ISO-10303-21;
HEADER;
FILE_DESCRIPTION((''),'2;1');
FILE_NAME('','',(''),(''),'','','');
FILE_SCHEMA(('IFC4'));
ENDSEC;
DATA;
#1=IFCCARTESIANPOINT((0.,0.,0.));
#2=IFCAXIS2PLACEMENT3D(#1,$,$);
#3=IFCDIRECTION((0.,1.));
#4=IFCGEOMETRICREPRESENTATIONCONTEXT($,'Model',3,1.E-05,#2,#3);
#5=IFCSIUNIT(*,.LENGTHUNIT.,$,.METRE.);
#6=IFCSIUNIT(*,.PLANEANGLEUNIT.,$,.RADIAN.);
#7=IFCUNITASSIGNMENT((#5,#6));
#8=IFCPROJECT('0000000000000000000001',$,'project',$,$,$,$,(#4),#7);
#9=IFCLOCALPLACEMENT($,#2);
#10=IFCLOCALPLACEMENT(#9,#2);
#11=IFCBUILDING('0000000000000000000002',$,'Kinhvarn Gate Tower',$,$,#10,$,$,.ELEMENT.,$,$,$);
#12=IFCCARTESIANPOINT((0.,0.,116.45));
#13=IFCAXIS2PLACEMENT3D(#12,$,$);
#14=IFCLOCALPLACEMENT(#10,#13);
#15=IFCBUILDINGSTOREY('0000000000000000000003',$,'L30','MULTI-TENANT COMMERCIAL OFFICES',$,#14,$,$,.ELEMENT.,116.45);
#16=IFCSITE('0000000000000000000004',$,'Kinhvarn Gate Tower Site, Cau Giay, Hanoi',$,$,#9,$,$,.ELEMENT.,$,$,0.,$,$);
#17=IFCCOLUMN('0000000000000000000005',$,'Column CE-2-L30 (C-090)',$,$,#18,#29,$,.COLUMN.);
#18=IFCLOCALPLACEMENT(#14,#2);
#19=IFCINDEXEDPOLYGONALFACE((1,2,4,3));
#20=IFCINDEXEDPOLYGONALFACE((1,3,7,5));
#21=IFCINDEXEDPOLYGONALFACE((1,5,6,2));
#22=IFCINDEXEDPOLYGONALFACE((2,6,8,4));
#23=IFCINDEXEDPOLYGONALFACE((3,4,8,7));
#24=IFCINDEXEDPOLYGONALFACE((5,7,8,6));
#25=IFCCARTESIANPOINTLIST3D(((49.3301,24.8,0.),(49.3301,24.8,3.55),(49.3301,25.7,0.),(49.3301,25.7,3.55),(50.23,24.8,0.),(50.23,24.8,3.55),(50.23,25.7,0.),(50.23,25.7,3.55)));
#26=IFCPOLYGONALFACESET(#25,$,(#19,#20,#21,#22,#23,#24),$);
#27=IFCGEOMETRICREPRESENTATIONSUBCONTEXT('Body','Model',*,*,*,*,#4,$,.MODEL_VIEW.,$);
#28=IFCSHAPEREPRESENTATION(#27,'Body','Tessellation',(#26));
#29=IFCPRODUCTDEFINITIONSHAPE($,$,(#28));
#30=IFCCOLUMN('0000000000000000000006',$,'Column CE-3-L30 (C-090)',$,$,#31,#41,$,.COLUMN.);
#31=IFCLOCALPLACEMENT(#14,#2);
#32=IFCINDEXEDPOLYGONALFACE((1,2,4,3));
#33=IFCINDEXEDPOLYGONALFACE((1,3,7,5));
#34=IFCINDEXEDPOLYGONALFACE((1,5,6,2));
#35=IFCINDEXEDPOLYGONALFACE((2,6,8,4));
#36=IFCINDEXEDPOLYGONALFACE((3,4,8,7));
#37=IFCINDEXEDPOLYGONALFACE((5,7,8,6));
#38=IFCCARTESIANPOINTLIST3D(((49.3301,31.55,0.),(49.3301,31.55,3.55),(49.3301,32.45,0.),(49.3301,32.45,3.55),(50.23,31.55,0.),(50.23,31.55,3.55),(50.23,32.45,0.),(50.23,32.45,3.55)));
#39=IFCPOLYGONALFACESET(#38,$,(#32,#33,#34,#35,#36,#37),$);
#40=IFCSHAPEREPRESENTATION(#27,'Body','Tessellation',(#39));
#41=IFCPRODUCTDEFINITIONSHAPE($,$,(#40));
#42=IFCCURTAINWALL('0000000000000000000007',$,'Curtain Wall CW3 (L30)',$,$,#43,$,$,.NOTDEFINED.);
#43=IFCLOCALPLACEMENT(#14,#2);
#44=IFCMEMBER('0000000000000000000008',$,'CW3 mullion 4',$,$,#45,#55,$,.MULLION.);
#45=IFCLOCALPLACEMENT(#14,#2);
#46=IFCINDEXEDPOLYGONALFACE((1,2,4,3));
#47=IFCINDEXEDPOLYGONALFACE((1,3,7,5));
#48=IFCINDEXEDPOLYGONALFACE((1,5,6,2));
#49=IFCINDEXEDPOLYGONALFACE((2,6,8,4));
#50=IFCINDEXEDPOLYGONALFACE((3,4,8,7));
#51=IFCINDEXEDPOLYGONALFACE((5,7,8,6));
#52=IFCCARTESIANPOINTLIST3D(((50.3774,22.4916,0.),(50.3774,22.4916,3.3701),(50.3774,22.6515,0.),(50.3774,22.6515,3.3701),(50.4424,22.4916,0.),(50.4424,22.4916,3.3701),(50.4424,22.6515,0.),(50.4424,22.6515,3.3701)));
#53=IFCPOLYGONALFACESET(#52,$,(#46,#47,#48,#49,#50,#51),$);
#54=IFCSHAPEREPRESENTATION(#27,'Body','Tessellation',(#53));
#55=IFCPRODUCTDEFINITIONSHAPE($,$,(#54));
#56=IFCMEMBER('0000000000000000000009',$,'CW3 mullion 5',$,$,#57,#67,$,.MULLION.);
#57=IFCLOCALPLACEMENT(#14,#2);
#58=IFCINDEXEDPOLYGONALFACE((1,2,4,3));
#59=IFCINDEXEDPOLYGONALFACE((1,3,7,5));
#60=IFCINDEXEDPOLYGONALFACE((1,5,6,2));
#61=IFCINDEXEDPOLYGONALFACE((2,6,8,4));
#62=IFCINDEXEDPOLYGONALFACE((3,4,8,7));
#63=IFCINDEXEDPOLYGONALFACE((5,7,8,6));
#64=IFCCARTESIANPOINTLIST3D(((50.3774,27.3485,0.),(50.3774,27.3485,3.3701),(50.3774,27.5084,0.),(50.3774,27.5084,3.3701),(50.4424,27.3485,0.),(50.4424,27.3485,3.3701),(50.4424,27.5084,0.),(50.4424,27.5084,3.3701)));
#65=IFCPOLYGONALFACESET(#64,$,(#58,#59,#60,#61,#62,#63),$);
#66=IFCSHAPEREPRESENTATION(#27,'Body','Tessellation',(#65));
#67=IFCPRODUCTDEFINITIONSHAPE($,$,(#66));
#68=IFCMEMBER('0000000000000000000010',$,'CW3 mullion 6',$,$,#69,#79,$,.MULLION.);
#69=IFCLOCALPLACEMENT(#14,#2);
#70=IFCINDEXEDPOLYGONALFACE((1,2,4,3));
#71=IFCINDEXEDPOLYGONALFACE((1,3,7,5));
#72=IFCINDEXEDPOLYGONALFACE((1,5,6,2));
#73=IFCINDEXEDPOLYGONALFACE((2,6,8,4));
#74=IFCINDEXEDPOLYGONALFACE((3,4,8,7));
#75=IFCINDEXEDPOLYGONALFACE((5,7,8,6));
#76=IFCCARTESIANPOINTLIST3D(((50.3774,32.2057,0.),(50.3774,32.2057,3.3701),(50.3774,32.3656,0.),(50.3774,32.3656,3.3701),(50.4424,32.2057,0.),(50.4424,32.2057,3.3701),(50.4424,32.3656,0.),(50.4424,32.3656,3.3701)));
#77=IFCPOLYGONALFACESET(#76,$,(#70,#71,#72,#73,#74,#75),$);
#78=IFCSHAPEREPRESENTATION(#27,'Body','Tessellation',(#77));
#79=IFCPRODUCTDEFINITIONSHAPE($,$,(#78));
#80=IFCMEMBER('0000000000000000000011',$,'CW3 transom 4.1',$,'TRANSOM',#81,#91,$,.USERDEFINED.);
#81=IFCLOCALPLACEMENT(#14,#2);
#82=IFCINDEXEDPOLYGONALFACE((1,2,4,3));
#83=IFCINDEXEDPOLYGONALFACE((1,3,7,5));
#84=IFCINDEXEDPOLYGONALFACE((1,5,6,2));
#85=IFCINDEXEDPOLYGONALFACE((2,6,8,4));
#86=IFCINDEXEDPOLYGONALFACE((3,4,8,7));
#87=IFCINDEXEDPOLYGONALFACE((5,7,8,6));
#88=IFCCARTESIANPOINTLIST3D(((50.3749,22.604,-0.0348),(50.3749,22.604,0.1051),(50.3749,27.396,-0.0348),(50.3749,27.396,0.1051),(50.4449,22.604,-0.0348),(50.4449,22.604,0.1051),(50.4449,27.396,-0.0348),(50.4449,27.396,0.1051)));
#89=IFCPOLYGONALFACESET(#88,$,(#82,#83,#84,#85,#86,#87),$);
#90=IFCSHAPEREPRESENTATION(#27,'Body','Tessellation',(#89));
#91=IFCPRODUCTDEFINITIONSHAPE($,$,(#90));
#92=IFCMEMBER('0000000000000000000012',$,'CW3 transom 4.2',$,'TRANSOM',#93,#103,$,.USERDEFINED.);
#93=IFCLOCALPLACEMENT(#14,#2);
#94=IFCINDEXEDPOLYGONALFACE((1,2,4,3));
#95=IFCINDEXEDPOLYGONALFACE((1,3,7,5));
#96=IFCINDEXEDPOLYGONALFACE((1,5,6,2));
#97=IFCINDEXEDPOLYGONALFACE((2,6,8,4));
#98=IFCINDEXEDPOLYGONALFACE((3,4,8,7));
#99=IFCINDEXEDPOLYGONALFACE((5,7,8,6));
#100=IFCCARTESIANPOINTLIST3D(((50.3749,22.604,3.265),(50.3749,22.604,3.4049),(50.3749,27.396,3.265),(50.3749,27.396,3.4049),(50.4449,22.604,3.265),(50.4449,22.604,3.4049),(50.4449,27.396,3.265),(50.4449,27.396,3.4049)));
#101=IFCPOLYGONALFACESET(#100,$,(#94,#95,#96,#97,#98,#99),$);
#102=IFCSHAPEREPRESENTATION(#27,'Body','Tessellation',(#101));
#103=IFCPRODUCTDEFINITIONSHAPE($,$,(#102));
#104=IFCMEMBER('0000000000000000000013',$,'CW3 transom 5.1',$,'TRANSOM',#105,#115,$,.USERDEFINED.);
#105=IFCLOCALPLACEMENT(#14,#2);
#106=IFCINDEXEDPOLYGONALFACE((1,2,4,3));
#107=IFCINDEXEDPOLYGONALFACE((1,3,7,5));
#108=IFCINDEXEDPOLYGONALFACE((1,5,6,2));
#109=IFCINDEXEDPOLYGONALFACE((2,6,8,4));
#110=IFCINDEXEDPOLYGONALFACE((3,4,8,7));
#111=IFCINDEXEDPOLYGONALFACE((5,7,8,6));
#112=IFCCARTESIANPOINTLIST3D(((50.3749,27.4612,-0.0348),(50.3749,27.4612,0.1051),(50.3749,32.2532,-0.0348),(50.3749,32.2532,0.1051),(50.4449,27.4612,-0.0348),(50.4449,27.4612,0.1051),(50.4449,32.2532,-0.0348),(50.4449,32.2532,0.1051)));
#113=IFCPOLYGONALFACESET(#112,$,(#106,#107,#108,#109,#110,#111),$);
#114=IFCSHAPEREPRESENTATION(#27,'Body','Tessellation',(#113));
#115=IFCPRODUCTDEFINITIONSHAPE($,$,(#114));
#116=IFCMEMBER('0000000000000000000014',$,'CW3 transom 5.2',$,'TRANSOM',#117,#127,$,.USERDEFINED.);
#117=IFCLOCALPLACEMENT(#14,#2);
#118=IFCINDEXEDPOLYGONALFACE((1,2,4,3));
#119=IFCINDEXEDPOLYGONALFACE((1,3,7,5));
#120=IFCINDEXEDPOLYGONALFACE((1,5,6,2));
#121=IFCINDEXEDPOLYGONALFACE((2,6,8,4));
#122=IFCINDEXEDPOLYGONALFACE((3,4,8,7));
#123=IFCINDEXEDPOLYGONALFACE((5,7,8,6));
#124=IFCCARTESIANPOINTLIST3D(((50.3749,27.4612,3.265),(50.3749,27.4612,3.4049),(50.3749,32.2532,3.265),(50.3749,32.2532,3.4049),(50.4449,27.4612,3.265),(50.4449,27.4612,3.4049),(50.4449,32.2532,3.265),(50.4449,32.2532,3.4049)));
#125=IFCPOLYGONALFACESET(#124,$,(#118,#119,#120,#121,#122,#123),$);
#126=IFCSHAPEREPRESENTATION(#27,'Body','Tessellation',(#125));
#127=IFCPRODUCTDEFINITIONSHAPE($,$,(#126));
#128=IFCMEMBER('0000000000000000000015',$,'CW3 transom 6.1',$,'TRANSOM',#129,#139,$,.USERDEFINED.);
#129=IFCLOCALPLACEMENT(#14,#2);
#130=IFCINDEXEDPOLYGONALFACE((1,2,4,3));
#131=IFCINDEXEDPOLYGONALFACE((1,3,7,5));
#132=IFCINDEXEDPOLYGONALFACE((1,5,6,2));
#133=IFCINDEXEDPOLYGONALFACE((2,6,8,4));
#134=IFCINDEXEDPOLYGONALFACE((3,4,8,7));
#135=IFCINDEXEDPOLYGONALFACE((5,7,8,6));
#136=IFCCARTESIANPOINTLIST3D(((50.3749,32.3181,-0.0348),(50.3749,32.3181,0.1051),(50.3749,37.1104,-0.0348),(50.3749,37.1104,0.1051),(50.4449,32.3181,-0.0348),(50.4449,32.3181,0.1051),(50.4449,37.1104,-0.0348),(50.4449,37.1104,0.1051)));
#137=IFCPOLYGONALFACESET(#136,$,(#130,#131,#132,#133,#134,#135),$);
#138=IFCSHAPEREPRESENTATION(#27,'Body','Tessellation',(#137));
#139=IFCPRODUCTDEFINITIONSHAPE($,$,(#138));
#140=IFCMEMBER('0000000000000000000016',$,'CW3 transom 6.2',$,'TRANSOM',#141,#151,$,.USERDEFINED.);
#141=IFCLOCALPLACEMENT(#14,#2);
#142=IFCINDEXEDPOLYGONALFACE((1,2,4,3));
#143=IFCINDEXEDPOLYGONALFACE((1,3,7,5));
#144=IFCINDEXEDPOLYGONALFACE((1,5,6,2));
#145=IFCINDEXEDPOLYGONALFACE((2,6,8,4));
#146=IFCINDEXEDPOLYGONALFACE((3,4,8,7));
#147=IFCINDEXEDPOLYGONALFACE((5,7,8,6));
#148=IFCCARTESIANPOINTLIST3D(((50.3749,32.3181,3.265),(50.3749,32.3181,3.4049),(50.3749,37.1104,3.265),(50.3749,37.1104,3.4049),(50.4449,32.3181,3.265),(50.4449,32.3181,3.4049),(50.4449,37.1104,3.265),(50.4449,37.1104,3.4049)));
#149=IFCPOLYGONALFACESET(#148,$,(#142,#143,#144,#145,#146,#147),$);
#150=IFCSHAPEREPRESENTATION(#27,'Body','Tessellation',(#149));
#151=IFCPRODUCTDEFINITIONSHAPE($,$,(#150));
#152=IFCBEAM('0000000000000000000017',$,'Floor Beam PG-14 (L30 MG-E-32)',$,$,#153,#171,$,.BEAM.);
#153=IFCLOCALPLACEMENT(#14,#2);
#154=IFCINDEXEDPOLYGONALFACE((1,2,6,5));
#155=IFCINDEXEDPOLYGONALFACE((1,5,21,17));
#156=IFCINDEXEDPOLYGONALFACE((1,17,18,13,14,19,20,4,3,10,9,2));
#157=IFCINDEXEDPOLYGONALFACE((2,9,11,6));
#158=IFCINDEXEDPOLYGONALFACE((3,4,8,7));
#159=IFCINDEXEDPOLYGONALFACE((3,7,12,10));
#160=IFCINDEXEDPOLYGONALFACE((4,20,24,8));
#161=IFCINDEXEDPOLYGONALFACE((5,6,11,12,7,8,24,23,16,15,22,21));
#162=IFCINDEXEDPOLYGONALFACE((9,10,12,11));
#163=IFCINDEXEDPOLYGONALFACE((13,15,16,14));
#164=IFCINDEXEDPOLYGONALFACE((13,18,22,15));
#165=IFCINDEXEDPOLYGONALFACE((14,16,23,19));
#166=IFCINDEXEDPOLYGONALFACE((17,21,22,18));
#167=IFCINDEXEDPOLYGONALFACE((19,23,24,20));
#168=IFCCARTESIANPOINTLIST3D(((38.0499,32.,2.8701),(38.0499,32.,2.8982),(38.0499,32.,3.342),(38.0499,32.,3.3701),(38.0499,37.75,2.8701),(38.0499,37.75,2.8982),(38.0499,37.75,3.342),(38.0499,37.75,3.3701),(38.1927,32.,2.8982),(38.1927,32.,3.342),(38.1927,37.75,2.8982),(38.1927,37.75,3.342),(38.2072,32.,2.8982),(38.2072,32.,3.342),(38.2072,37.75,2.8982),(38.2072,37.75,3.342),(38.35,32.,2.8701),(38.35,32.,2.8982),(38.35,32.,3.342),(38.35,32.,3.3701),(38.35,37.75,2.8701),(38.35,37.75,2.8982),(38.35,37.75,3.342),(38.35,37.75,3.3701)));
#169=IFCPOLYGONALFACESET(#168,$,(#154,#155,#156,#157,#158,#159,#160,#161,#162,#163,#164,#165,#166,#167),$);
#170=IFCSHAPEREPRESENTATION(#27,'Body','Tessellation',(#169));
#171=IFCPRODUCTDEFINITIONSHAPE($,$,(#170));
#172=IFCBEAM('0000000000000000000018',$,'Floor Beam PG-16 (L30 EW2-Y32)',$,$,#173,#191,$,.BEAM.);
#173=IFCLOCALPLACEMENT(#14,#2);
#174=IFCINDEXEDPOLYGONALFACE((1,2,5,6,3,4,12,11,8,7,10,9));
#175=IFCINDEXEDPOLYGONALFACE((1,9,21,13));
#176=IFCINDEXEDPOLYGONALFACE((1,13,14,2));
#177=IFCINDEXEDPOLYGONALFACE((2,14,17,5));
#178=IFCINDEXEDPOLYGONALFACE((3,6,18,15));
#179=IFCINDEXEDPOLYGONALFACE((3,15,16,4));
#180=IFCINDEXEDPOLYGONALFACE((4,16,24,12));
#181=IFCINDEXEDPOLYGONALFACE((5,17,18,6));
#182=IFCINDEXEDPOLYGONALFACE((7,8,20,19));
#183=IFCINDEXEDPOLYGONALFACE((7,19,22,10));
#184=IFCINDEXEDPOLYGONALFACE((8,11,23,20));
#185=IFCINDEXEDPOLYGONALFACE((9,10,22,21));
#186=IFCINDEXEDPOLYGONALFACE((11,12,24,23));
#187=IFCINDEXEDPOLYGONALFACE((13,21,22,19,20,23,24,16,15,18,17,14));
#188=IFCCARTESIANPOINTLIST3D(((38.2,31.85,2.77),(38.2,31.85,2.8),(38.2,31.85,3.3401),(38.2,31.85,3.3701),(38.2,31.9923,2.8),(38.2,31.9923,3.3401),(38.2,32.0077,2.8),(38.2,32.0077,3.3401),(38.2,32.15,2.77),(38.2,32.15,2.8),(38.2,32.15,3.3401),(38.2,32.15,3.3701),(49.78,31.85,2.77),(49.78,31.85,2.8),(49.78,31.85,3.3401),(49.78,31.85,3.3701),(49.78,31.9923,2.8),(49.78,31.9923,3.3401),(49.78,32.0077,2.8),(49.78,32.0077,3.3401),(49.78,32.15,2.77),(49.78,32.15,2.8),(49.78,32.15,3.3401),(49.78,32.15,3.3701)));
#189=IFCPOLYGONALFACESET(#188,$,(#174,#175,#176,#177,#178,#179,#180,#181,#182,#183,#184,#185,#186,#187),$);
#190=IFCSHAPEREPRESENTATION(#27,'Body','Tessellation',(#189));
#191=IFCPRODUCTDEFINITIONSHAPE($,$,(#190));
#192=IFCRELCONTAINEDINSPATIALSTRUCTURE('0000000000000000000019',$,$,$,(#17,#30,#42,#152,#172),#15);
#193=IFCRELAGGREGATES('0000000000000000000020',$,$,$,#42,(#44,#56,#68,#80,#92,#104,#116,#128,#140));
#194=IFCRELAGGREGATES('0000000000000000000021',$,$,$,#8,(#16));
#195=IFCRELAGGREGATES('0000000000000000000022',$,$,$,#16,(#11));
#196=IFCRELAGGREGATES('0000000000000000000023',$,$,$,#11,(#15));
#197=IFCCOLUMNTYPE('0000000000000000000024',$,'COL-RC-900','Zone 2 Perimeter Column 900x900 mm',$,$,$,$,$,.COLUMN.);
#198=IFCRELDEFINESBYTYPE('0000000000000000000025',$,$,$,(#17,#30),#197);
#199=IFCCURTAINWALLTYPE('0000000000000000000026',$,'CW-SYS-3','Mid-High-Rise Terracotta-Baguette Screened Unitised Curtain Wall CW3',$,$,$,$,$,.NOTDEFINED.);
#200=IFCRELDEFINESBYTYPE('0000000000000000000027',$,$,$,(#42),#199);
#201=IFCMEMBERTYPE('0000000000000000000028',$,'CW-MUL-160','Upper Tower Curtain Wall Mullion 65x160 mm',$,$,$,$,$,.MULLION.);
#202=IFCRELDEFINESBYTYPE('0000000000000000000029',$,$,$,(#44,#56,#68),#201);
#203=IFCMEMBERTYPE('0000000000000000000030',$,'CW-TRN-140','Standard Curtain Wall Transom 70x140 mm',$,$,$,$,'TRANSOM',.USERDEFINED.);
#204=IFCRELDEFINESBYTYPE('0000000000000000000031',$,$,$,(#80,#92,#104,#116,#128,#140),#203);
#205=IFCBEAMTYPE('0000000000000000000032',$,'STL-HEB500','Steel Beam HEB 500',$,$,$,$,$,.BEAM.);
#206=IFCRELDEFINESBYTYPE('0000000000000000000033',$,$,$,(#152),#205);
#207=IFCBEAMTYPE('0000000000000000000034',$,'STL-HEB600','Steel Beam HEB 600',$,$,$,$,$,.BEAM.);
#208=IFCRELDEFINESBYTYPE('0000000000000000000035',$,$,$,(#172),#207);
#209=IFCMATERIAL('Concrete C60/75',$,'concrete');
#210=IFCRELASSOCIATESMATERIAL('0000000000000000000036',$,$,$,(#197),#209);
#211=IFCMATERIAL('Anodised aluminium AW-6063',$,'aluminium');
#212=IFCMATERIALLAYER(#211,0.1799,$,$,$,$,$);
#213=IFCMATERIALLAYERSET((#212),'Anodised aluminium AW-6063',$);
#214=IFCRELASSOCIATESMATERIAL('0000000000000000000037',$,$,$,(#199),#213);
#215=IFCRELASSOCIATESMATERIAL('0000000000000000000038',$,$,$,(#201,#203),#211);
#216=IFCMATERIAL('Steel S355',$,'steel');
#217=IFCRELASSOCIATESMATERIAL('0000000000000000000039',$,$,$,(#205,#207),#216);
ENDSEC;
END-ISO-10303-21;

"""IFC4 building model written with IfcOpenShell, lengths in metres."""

from ifc_helpers import new_model, si_unit, direction, frame, origin, origin_2d, place, context, subcontext, project, spatial, rectangle, i_section, extrude, material, layer, layer_set, material_profile, profile_set, type_object, element, aggregate, save


model = new_model("IFC4")

# Units and contexts
model_context = context("Model", 3, precision=1e-05, world=origin(), true_north=direction((0.0, 1.0)))
body_context = subcontext(model_context, "Body", "Model", "MODEL_VIEW")
ifc_project = project(units=[si_unit("LENGTHUNIT", "METRE"), si_unit("PLANEANGLEUNIT", "RADIAN")], contexts=[model_context])

# Site, building, storey
site_placement = place(None, origin())
site = spatial("IfcSite", under=ifc_project, at=site_placement, Name="Kinhvarn Gate Tower Site, Cau Giay, Hanoi", CompositionType="ELEMENT", RefElevation=0.0)
building_placement = place(site_placement, origin())
building = spatial("IfcBuilding", under=site, at=building_placement, Name="Kinhvarn Gate Tower", CompositionType="ELEMENT")
storey_placement = place(building_placement, frame((0.0, 0.0, 116.45)))
storey = spatial("IfcBuildingStorey", under=building, at=storey_placement, Name="L30", Description="MULTI-TENANT COMMERCIAL OFFICES", CompositionType="ELEMENT", Elevation=116.45)

# Columns
ifc_material_1 = material(Name="Concrete C60/75", Category="concrete")
ifc_material_profile_1 = material_profile(ifc_material_1, rectangle(XDim=0.8999, YDim=0.8999, at=origin_2d()), Name="RC 900x900")
ifc_profile_set_1 = profile_set([ifc_material_profile_1], Name="Concrete C60/75")
column_type = type_object("IfcColumnType", Name="COL-RC-900", Description="Zone 2 Perimeter Column 900x900 mm", PredefinedType="COLUMN", material=ifc_profile_set_1)
for number, where, z_axis, x_axis, name in (
    (1, (49.78, 25.25, 0.0), (0.0, 0.0, 1.0), (1.0, 0.0, 0.0), "Column CE-2-L30 (C-090)"),
    (2, (49.78, 32.0, 0.0), (0.0, 0.0, 1.0), (1.0, 0.0, 0.0), "Column CE-3-L30 (C-090)"),
):
    element("IfcColumn", number, at=place(storey_placement, frame(where, z_axis=z_axis, x_axis=x_axis)), inside=storey, type_object=column_type, Name=name, PredefinedType="COLUMN", context=body_context, shape_type="SweptSolid", body=[
        extrude(rectangle(XDim=0.8999, YDim=0.8999, at=origin_2d()), origin(), (0.0, 0.0, 1.0), 3.55),
    ])

# Curtain wall, members
ifc_material_2 = material(Name="Anodised aluminium AW-6063", Category="aluminium")
ifc_layer_1 = layer(ifc_material_2, 0.1799)
ifc_layer_set_1 = layer_set([ifc_layer_1], Name="Anodised aluminium AW-6063")
curtain_wall_type = type_object("IfcCurtainWallType", Name="CW-SYS-3", Description="Mid-High-Rise Terracotta-Baguette Screened Unitised Curtain Wall CW3", PredefinedType="NOTDEFINED", material=ifc_layer_set_1)
curtain_wall_placement = place(storey_placement, origin())
curtain_wall = element("IfcCurtainWall", 3, at=curtain_wall_placement, inside=storey, type_object=curtain_wall_type, Name="Curtain Wall CW3 (L30)", PredefinedType="NOTDEFINED")
ifc_material_profile_2 = material_profile(ifc_material_2, rectangle(XDim=0.0649, YDim=0.1599, at=origin_2d()), Name="ALU 65x160")
ifc_profile_set_2 = profile_set([ifc_material_profile_2], Name="Anodised aluminium AW-6063")
member_type_1 = type_object("IfcMemberType", Name="CW-MUL-160", Description="Upper Tower Curtain Wall Mullion 65x160 mm", PredefinedType="MULLION", material=ifc_profile_set_2)
member_1_placement = place(storey_placement, frame((50.4099, 22.5715, 0.0), z_axis=(0.0, 0.0, 1.0), x_axis=(-1.0, 0.0, 0.0)))
member_1 = element("IfcMember", 4, at=member_1_placement, type_object=member_type_1, Name="CW3 mullion 4", PredefinedType="MULLION", context=body_context, shape_type="SweptSolid", body=[
    extrude(rectangle(XDim=0.0649, YDim=0.1599, at=origin_2d()), origin(), (0.0, 0.0, 1.0), 3.3701),
])
member_2_placement = place(storey_placement, frame((50.4099, 27.4285, 0.0), z_axis=(0.0, 0.0, 1.0), x_axis=(-1.0, 0.0, 0.0)))
member_2 = element("IfcMember", 5, at=member_2_placement, type_object=member_type_1, Name="CW3 mullion 5", PredefinedType="MULLION", context=body_context, shape_type="SweptSolid", body=[
    extrude(rectangle(XDim=0.0649, YDim=0.1599, at=origin_2d()), origin(), (0.0, 0.0, 1.0), 3.3701),
])
member_3_placement = place(storey_placement, frame((50.4099, 32.2856, 0.0), z_axis=(0.0, 0.0, 1.0), x_axis=(-1.0, 0.0, 0.0)))
member_3 = element("IfcMember", 6, at=member_3_placement, type_object=member_type_1, Name="CW3 mullion 6", PredefinedType="MULLION", context=body_context, shape_type="SweptSolid", body=[
    extrude(rectangle(XDim=0.0649, YDim=0.1599, at=origin_2d()), origin(), (0.0, 0.0, 1.0), 3.3701),
])
ifc_material_profile_3 = material_profile(ifc_material_2, rectangle(XDim=0.0701, YDim=0.1399, at=origin_2d()), Name="ALU 70x140")
ifc_profile_set_3 = profile_set([ifc_material_profile_3], Name="Anodised aluminium AW-6063")
member_type_2 = type_object("IfcMemberType", Name="CW-TRN-140", Description="Standard Curtain Wall Transom 70x140 mm", ElementType="TRANSOM", PredefinedType="USERDEFINED", material=ifc_profile_set_3)
member_4_placement = place(storey_placement, frame((50.4099, 22.604, 0.0352), z_axis=(0.0, 1.0, 0.0), x_axis=(-1.0, 0.0, 0.0)))
member_4 = element("IfcMember", 7, at=member_4_placement, type_object=member_type_2, Name="CW3 transom 4.1", ObjectType="TRANSOM", PredefinedType="USERDEFINED", context=body_context, shape_type="SweptSolid", body=[
    extrude(rectangle(XDim=0.0701, YDim=0.1399, at=origin_2d()), origin(), (0.0, 0.0, 1.0), 4.792),
])
member_5_placement = place(storey_placement, frame((50.4099, 22.604, 3.335), z_axis=(0.0, 1.0, 0.0), x_axis=(-1.0, 0.0, 0.0)))
member_5 = element("IfcMember", 8, at=member_5_placement, type_object=member_type_2, Name="CW3 transom 4.2", ObjectType="TRANSOM", PredefinedType="USERDEFINED", context=body_context, shape_type="SweptSolid", body=[
    extrude(rectangle(XDim=0.0701, YDim=0.1399, at=origin_2d()), origin(), (0.0, 0.0, 1.0), 4.792),
])
member_6_placement = place(storey_placement, frame((50.4099, 27.4612, 0.0352), z_axis=(0.0, 1.0, 0.0), x_axis=(-1.0, 0.0, 0.0)))
member_6 = element("IfcMember", 9, at=member_6_placement, type_object=member_type_2, Name="CW3 transom 5.1", ObjectType="TRANSOM", PredefinedType="USERDEFINED", context=body_context, shape_type="SweptSolid", body=[
    extrude(rectangle(XDim=0.0701, YDim=0.1399, at=origin_2d()), origin(), (0.0, 0.0, 1.0), 4.792),
])
member_7_placement = place(storey_placement, frame((50.4099, 27.4612, 3.335), z_axis=(0.0, 1.0, 0.0), x_axis=(-1.0, 0.0, 0.0)))
member_7 = element("IfcMember", 10, at=member_7_placement, type_object=member_type_2, Name="CW3 transom 5.2", ObjectType="TRANSOM", PredefinedType="USERDEFINED", context=body_context, shape_type="SweptSolid", body=[
    extrude(rectangle(XDim=0.0701, YDim=0.1399, at=origin_2d()), origin(), (0.0, 0.0, 1.0), 4.792),
])
member_8_placement = place(storey_placement, frame((50.4099, 32.3181, 0.0352), z_axis=(0.0, 1.0, 0.0), x_axis=(-1.0, 0.0, 0.0)))
member_8 = element("IfcMember", 11, at=member_8_placement, type_object=member_type_2, Name="CW3 transom 6.1", ObjectType="TRANSOM", PredefinedType="USERDEFINED", context=body_context, shape_type="SweptSolid", body=[
    extrude(rectangle(XDim=0.0701, YDim=0.1399, at=origin_2d()), origin(), (0.0, 0.0, 1.0), 4.7922),
])
member_9_placement = place(storey_placement, frame((50.4099, 32.3181, 3.335), z_axis=(0.0, 1.0, 0.0), x_axis=(-1.0, 0.0, 0.0)))
member_9 = element("IfcMember", 12, at=member_9_placement, type_object=member_type_2, Name="CW3 transom 6.2", ObjectType="TRANSOM", PredefinedType="USERDEFINED", context=body_context, shape_type="SweptSolid", body=[
    extrude(rectangle(XDim=0.0701, YDim=0.1399, at=origin_2d()), origin(), (0.0, 0.0, 1.0), 4.7922),
])

# Beams
ifc_material_3 = material(Name="Steel S355", Category="steel")
ifc_material_profile_4 = material_profile(ifc_material_3, i_section(OverallWidth=0.3, OverallDepth=0.5, WebThickness=0.0144, FlangeThickness=0.0281, at=origin_2d()), Name="HEB 500")
ifc_profile_set_4 = profile_set([ifc_material_profile_4], Name="Steel S355")
beam_type_1 = type_object("IfcBeamType", Name="STL-HEB500", Description="Steel Beam HEB 500", PredefinedType="BEAM", material=ifc_profile_set_4)
beam_1_placement = place(storey_placement, frame((38.2, 32.0, 3.1201), z_axis=(0.0, 1.0, 0.0), x_axis=(-1.0, 0.0, 0.0)))
element("IfcBeam", 13, at=beam_1_placement, inside=storey, type_object=beam_type_1, Name="Floor Beam PG-14 (L30 MG-E-32)", PredefinedType="BEAM", context=body_context, shape_type="SweptSolid", body=[
    extrude(i_section(OverallWidth=0.3, OverallDepth=0.5, WebThickness=0.0144, FlangeThickness=0.0281, at=origin_2d()), origin(), (0.0, 0.0, 1.0), 5.75),
])
ifc_material_profile_5 = material_profile(ifc_material_3, i_section(OverallWidth=0.3, OverallDepth=0.6001, WebThickness=0.0154, FlangeThickness=0.03, at=origin_2d()), Name="HEB 600")
ifc_profile_set_5 = profile_set([ifc_material_profile_5], Name="Steel S355")
beam_type_2 = type_object("IfcBeamType", Name="STL-HEB600", Description="Steel Beam HEB 600", PredefinedType="BEAM", material=ifc_profile_set_5)
beam_2_placement = place(storey_placement, frame((38.2, 32.0, 3.0701), z_axis=(1.0, 0.0, 0.0), x_axis=(0.0, 1.0, 0.0)))
element("IfcBeam", 14, at=beam_2_placement, inside=storey, type_object=beam_type_2, Name="Floor Beam PG-16 (L30 EW2-Y32)", PredefinedType="BEAM", context=body_context, shape_type="SweptSolid", body=[
    extrude(i_section(OverallWidth=0.3, OverallDepth=0.6001, WebThickness=0.0154, FlangeThickness=0.03, at=origin_2d()), origin(), (0.0, 0.0, 1.0), 11.5801),
])

aggregate(curtain_wall, [member_1, member_2, member_3, member_4, member_5, member_6, member_7, member_8, member_9])

save(model, "model.ifc")
